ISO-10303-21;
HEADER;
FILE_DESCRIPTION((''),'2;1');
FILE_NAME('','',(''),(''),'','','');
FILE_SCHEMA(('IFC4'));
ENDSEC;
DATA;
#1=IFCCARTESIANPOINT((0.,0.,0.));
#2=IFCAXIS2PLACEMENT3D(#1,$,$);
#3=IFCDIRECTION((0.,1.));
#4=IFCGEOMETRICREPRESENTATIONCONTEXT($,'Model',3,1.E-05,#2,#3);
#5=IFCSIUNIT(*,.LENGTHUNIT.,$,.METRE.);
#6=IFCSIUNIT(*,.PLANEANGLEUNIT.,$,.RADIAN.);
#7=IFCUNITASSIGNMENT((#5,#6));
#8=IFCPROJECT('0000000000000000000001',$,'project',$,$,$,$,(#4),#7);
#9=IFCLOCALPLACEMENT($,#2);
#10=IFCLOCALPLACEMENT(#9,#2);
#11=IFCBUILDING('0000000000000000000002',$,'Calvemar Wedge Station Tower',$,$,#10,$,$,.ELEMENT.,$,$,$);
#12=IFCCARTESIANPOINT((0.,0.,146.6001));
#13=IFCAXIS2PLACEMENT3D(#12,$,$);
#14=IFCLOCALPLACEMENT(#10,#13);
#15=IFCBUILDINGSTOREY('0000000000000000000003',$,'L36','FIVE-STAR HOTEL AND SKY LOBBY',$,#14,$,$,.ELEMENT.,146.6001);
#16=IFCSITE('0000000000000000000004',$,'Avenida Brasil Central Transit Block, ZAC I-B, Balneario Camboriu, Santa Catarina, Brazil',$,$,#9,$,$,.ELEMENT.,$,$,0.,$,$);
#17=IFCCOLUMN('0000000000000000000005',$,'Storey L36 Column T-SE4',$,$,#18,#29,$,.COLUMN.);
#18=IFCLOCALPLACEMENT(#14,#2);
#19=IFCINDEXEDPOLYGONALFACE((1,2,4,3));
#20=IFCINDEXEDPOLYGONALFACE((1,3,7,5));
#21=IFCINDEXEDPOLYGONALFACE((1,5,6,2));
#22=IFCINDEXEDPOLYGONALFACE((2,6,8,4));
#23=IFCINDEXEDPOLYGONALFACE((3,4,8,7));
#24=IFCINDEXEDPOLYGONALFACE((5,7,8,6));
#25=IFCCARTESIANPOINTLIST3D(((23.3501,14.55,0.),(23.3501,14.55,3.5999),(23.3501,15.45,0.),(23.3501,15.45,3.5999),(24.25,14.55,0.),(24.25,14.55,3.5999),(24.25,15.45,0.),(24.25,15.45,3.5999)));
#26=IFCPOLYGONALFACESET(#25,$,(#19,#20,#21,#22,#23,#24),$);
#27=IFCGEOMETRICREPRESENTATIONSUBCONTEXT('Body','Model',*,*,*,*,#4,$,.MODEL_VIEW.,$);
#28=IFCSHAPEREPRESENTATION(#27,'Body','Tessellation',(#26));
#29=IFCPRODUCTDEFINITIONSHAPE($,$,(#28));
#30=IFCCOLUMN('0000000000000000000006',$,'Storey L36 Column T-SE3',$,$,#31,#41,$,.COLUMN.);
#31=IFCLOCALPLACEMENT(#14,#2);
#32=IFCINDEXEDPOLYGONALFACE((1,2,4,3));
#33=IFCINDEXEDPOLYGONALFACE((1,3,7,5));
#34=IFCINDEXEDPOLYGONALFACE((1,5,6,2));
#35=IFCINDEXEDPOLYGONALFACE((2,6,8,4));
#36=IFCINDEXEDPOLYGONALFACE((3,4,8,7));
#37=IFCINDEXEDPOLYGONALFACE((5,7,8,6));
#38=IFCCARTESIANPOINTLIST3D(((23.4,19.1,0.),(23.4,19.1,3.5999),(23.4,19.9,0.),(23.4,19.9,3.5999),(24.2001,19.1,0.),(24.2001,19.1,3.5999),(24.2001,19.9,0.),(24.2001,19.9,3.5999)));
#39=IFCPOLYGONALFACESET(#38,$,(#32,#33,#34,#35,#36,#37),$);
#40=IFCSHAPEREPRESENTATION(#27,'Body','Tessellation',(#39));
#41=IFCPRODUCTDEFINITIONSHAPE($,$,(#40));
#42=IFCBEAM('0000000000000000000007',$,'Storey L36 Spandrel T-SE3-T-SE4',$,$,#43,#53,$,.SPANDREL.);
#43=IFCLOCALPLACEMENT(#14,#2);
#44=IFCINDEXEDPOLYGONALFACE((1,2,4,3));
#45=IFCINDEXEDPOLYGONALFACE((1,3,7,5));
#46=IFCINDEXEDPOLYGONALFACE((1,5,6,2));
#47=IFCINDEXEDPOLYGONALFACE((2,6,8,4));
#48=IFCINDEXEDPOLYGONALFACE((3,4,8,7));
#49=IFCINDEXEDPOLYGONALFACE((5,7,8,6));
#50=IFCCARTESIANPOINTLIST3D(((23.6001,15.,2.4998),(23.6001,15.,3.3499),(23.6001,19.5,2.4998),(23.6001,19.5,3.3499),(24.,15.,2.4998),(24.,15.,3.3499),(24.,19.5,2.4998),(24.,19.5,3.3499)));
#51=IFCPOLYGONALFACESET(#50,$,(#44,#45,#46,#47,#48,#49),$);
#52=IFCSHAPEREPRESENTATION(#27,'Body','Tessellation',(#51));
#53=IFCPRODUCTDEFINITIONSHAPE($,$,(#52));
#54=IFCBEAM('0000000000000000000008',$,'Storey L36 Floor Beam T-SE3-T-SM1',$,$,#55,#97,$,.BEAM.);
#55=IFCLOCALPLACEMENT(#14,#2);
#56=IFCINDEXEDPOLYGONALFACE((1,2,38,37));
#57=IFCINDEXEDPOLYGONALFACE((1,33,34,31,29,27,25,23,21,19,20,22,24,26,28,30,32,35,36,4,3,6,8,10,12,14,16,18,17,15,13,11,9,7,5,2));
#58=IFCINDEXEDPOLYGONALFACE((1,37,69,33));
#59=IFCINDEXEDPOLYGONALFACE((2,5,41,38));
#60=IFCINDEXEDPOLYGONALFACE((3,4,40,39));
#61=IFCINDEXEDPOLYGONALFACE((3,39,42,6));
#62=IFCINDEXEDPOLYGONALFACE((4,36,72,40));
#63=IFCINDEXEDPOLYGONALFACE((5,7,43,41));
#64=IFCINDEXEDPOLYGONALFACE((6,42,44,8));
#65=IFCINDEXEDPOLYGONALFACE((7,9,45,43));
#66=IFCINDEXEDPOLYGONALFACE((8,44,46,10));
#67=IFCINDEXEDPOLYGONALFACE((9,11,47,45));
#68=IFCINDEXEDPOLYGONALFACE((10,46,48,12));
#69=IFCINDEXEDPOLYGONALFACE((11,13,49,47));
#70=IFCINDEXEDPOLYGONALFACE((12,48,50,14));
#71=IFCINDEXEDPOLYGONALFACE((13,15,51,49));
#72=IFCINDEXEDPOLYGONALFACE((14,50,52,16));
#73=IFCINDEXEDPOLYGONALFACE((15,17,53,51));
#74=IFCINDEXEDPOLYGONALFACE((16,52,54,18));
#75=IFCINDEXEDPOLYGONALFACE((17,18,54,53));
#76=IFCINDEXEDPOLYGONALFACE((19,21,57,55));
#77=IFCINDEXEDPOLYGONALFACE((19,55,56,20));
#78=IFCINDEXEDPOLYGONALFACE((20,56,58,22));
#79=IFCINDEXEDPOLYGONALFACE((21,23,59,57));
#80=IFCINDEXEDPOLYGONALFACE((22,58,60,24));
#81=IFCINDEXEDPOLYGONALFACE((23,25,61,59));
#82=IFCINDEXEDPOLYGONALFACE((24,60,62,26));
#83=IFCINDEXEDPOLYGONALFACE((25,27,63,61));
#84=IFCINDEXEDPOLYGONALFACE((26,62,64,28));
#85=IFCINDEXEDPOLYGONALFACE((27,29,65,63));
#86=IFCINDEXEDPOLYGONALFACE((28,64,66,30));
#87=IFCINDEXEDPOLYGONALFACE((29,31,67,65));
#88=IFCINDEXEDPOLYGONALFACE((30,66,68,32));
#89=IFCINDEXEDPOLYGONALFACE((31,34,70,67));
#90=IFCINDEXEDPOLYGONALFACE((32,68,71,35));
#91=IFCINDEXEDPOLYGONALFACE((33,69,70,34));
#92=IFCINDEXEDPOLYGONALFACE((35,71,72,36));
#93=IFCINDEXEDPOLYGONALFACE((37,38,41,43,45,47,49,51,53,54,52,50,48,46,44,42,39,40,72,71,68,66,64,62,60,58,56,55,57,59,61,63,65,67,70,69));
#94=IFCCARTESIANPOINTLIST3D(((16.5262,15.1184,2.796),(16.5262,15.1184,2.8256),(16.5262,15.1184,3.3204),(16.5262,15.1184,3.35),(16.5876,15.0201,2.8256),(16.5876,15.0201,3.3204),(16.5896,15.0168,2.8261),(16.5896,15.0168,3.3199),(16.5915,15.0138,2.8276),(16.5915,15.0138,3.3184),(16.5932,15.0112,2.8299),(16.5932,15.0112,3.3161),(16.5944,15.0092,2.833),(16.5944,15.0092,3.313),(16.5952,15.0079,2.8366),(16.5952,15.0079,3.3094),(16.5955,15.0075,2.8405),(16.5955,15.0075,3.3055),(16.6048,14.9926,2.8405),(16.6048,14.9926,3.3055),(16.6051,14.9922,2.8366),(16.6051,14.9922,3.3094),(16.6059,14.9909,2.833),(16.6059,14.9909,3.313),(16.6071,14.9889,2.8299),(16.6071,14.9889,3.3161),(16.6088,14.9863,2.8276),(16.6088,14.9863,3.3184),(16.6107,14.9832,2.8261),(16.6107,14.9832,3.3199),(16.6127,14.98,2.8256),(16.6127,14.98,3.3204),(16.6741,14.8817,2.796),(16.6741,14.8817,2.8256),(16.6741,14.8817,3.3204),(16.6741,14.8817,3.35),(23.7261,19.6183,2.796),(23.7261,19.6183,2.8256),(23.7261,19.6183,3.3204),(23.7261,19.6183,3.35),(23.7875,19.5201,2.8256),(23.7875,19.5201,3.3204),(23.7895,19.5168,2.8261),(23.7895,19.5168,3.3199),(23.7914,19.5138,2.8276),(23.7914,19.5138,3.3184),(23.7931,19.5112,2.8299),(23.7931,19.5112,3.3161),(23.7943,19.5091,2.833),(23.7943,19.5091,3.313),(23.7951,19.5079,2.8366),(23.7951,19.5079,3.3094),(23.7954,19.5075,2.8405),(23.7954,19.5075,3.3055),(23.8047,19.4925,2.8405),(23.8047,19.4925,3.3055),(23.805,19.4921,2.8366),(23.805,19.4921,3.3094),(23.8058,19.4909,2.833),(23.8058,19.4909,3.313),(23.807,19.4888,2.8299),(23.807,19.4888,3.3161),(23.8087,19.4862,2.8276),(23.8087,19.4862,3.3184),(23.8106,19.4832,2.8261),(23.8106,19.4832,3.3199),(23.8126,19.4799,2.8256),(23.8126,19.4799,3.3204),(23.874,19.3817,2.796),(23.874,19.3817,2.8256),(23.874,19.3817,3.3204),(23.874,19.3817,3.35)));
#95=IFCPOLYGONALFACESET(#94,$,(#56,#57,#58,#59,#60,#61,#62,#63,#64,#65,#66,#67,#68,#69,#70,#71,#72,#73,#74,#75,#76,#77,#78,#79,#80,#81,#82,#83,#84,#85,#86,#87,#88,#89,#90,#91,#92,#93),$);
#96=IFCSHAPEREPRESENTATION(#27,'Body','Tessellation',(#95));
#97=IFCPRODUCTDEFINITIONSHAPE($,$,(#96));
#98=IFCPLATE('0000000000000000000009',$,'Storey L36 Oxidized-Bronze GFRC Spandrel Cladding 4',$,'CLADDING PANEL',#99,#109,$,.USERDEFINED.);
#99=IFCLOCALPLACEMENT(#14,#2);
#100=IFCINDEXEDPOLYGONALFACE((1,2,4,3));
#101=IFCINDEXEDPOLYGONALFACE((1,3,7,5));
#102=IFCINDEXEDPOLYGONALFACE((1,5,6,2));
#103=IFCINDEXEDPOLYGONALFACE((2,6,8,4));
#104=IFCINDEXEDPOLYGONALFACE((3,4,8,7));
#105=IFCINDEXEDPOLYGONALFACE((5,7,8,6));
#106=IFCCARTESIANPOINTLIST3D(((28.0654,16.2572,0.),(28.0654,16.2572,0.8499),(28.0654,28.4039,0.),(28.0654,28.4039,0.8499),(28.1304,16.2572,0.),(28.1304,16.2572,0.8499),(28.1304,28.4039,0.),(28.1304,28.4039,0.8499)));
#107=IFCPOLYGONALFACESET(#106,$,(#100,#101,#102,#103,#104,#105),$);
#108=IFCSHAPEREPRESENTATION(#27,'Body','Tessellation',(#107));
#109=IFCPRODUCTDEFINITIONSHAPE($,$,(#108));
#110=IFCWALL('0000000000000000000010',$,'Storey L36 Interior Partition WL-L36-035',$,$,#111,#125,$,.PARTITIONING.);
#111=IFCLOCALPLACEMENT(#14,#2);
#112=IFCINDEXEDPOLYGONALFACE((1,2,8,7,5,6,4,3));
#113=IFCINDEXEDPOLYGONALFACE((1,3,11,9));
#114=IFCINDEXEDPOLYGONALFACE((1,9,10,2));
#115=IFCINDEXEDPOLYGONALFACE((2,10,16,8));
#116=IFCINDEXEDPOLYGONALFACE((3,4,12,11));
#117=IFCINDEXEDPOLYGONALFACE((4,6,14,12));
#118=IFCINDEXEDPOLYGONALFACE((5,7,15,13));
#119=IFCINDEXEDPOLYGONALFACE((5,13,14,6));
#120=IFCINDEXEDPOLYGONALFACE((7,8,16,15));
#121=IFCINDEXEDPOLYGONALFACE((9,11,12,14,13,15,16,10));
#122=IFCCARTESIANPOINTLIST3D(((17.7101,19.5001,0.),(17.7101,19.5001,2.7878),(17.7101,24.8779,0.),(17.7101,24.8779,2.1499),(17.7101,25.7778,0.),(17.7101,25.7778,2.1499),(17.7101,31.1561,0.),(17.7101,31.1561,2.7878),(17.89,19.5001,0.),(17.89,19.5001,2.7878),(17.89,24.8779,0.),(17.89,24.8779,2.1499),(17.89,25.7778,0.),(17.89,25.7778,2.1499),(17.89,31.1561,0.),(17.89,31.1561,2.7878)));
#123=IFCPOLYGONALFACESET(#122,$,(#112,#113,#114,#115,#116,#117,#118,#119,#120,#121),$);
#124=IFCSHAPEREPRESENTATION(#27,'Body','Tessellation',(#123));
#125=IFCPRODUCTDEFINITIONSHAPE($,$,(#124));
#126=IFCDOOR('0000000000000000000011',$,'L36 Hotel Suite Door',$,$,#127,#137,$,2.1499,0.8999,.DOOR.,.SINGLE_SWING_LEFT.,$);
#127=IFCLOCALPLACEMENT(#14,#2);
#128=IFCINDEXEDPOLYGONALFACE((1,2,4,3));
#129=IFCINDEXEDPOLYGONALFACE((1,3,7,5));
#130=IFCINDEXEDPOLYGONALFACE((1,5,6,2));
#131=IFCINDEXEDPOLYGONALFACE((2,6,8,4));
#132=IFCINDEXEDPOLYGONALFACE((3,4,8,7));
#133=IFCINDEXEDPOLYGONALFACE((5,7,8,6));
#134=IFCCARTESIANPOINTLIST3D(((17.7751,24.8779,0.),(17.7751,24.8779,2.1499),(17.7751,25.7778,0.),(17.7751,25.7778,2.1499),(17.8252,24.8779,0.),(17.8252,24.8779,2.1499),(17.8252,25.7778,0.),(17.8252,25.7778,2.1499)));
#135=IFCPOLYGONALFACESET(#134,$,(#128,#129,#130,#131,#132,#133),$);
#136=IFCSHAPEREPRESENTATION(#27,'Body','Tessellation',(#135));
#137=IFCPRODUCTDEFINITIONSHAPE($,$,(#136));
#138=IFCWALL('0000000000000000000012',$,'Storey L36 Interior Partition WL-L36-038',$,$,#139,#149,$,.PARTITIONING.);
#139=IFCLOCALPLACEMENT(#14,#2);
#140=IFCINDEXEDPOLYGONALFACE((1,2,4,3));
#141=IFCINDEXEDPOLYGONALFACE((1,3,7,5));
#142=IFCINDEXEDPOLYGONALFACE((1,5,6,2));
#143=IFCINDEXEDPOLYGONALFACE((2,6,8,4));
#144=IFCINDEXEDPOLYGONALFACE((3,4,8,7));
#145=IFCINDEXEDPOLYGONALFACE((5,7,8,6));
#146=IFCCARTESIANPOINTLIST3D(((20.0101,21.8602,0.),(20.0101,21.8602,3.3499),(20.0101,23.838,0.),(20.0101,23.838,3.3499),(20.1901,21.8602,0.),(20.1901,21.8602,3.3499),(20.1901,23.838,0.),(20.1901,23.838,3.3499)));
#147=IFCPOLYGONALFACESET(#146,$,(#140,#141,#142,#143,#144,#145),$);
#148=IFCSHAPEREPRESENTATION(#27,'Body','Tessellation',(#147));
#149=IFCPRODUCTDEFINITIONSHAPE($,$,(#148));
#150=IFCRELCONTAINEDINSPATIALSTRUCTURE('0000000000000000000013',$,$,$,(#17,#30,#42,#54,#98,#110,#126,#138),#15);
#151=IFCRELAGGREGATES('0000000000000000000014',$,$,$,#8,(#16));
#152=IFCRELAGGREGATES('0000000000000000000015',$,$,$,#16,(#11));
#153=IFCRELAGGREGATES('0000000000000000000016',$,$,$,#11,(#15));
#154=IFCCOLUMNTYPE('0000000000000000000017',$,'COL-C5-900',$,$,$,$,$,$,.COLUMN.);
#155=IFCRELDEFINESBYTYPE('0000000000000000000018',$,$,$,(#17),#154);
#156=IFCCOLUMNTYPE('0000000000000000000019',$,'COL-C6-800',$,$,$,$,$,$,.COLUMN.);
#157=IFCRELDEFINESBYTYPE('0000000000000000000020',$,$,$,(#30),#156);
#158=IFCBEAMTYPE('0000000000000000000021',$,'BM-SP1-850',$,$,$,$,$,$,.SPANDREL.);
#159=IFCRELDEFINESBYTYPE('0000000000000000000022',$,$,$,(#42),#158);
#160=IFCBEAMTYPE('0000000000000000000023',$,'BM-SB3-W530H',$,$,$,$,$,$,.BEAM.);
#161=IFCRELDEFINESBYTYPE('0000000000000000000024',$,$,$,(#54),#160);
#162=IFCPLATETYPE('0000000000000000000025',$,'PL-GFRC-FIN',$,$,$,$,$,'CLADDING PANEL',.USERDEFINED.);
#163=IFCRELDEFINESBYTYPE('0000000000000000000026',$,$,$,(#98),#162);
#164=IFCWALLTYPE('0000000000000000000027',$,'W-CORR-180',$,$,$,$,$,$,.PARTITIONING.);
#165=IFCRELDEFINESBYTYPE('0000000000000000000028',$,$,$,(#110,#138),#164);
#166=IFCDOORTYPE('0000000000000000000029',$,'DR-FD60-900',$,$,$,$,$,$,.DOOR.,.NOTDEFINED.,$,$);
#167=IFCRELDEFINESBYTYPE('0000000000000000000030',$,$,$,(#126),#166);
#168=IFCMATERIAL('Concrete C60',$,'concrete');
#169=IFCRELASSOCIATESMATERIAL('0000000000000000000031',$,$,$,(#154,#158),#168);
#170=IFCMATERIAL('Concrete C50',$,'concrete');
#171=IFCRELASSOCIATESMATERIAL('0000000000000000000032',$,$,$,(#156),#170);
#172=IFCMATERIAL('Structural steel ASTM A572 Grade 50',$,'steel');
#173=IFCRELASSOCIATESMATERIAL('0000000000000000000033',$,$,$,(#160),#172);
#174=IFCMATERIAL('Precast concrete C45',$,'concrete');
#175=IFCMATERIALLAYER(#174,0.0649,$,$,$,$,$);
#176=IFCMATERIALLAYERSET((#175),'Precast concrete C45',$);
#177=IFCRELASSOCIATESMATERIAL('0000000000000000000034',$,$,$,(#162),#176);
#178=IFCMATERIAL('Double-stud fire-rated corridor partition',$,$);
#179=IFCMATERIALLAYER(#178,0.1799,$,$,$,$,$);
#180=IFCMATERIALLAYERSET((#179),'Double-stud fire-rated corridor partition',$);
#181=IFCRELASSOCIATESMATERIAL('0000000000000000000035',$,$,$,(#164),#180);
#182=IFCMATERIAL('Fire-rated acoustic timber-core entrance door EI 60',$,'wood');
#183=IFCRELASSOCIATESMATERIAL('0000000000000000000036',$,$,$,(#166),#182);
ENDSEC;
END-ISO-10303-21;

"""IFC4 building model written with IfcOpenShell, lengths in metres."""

from ifc_helpers import new_model, si_unit, direction, frame, frame_2d, origin, origin_2d, place, context, subcontext, project, spatial, rectangle, i_section, extrude, source, transform, mapped, material, layer, layer_set, material_profile, profile_set, type_object, element, fill, save


model = new_model("IFC4")

# Units and contexts
model_context = context("Model", 3, precision=1e-05, world=origin(), true_north=direction((0.0, 1.0)))
body_context = subcontext(model_context, "Body", "Model", "MODEL_VIEW")
ifc_project = project(units=[si_unit("LENGTHUNIT", "METRE"), si_unit("PLANEANGLEUNIT", "RADIAN")], contexts=[model_context])

# Site, building, storey
site_placement = place(None, origin())
site = spatial("IfcSite", under=ifc_project, at=site_placement, Name="Avenida Brasil Central Transit Block, ZAC I-B, Balneario Camboriu, Santa Catarina, Brazil", CompositionType="ELEMENT", RefElevation=0.0)
building_placement = place(site_placement, origin())
building = spatial("IfcBuilding", under=site, at=building_placement, Name="Calvemar Wedge Station Tower", CompositionType="ELEMENT")
storey_placement = place(building_placement, frame((0.0, 0.0, 146.6001)))
storey = spatial("IfcBuildingStorey", under=building, at=storey_placement, Name="L36", Description="FIVE-STAR HOTEL AND SKY LOBBY", CompositionType="ELEMENT", Elevation=146.6001)

# Columns
ifc_material_1 = material(Name="Concrete C60", Category="concrete")
ifc_material_profile_1 = material_profile(ifc_material_1, rectangle(XDim=0.8999, YDim=0.8999, at=origin_2d()), Name="RC900x900")
ifc_profile_set_1 = profile_set([ifc_material_profile_1], Name="Concrete C60")
column_type_1 = type_object("IfcColumnType", Name="COL-C5-900", PredefinedType="COLUMN", material=ifc_profile_set_1)
shared_shape_1 = source(origin(), body_context, "Body", "SweptSolid", [
    extrude(rectangle(XDim=0.8999, YDim=0.8999, at=origin_2d()), origin(), (0.0, 0.0, 1.0), 3.5999),
])
column_1_placement = place(storey_placement, frame((23.8, 15.0, 0.0), z_axis=(0.0, 0.0, 1.0), x_axis=(1.0, 0.0, 0.0)))
element("IfcColumn", 1, at=column_1_placement, inside=storey, type_object=column_type_1, Name="Storey L36 Column T-SE4", PredefinedType="COLUMN", context=body_context, shape_type="MappedRepresentation", body=[
    mapped(shared_shape_1, transform((0.0, 0.0, 0.0), scale=1.0)),
])
ifc_material_2 = material(Name="Concrete C50", Category="concrete")
ifc_material_profile_2 = material_profile(ifc_material_2, rectangle(XDim=0.8, YDim=0.8, at=origin_2d()), Name="RC800x800")
ifc_profile_set_2 = profile_set([ifc_material_profile_2], Name="Concrete C50")
column_type_2 = type_object("IfcColumnType", Name="COL-C6-800", PredefinedType="COLUMN", material=ifc_profile_set_2)
shared_shape_2 = source(origin(), body_context, "Body", "SweptSolid", [
    extrude(rectangle(XDim=0.8, YDim=0.8, at=origin_2d()), origin(), (0.0, 0.0, 1.0), 3.5999),
])
column_2_placement = place(storey_placement, frame((23.8, 19.5, 0.0), z_axis=(0.0, 0.0, 1.0), x_axis=(1.0, 0.0, 0.0)))
element("IfcColumn", 2, at=column_2_placement, inside=storey, type_object=column_type_2, Name="Storey L36 Column T-SE3", PredefinedType="COLUMN", context=body_context, shape_type="MappedRepresentation", body=[
    mapped(shared_shape_2, transform((0.0, 0.0, 0.0), scale=1.0)),
])

# Beams
ifc_material_profile_3 = material_profile(ifc_material_1, rectangle(XDim=0.3999, YDim=0.8501, at=origin_2d()), Name="RC400x850")
ifc_profile_set_3 = profile_set([ifc_material_profile_3], Name="Concrete C60")
beam_type_1 = type_object("IfcBeamType", Name="BM-SP1-850", PredefinedType="SPANDREL", material=ifc_profile_set_3)
shared_shape_3 = source(origin(), body_context, "Body", "SweptSolid", [
    extrude(rectangle(XDim=0.3999, YDim=0.8501, at=origin_2d()), origin(), (0.0, 0.0, 1.0), 4.5),
])
beam_1_placement = place(storey_placement, frame((23.8, 19.5, 2.9248), z_axis=(0.0, -1.0, 0.0), x_axis=(1.0, 0.0, 0.0)))
element("IfcBeam", 3, at=beam_1_placement, inside=storey, type_object=beam_type_1, Name="Storey L36 Spandrel T-SE3-T-SE4", PredefinedType="SPANDREL", context=body_context, shape_type="MappedRepresentation", body=[
    mapped(shared_shape_3, transform((0.0, 0.0, 0.0), scale=1.0)),
])
ifc_material_3 = material(Name="Structural steel ASTM A572 Grade 50", Category="steel")
ifc_material_profile_4 = material_profile(ifc_material_3, i_section(OverallWidth=0.2791, OverallDepth=0.554, WebThickness=0.0176, FlangeThickness=0.0295, FilletRadius=0.0149, at=origin_2d()), Name="W530x196")
ifc_profile_set_4 = profile_set([ifc_material_profile_4], Name="Structural steel ASTM A572 Grade 50")
beam_type_2 = type_object("IfcBeamType", Name="BM-SB3-W530H", PredefinedType="BEAM", material=ifc_profile_set_4)
shared_shape_4 = source(origin(), body_context, "Body", "SweptSolid", [
    extrude(i_section(OverallWidth=0.2791, OverallDepth=0.554, WebThickness=0.0176, FlangeThickness=0.0295, FilletRadius=0.0149, at=origin_2d()), origin(), (0.0, 0.0, 1.0), 8.4905),
])
beam_2_placement = place(storey_placement, frame((23.8, 19.5, 3.073), z_axis=(-0.847997, -0.530002, 0.0), x_axis=(0.530002, -0.847997, 0.0)))
element("IfcBeam", 4, at=beam_2_placement, inside=storey, type_object=beam_type_2, Name="Storey L36 Floor Beam T-SE3-T-SM1", PredefinedType="BEAM", context=body_context, shape_type="MappedRepresentation", body=[
    mapped(shared_shape_4, transform((0.0, 0.0, 0.0), scale=1.0)),
])

# Plate
ifc_material_4 = material(Name="Precast concrete C45", Category="concrete")
ifc_layer_1 = layer(ifc_material_4, 0.0649)
ifc_layer_set_1 = layer_set([ifc_layer_1], Name="Precast concrete C45")
plate_type = type_object("IfcPlateType", Name="PL-GFRC-FIN", ElementType="CLADDING PANEL", PredefinedType="USERDEFINED", material=ifc_layer_set_1)
plate_placement = place(storey_placement, frame((28.0979, 16.2573, 0.0), z_axis=(0.0, 0.0, 1.0), x_axis=(0.0, 1.0, 0.0)))
element("IfcPlate", 5, at=plate_placement, inside=storey, type_object=plate_type, Name="Storey L36 Oxidized-Bronze GFRC Spandrel Cladding 4", ObjectType="CLADDING PANEL", PredefinedType="USERDEFINED", context=body_context, shape_type="SweptSolid", body=[
    extrude(rectangle(XDim=12.1467, YDim=0.0649, at=frame_2d((6.0732, 0.0))), origin(), (0.0, 0.0, 1.0), 0.8499),
])

# Wall, opening, door
ifc_material_5 = material(Name="Double-stud fire-rated corridor partition")
ifc_layer_2 = layer(ifc_material_5, 0.1799)
ifc_layer_set_2 = layer_set([ifc_layer_2], Name="Double-stud fire-rated corridor partition")
wall_type_1 = type_object("IfcWallType", Name="W-CORR-180", PredefinedType="PARTITIONING", material=ifc_layer_set_2)
wall_1_placement = place(storey_placement, frame((17.8, 19.5, 0.0), z_axis=(0.0, 0.0, 1.0), x_axis=(0.0, 1.0, 0.0)))
wall_1 = element("IfcWall", 6, at=wall_1_placement, inside=storey, type_object=wall_type_1, Name="Storey L36 Interior Partition WL-L36-035", PredefinedType="PARTITIONING", context=body_context, shape_type="SweptSolid", body=[
    extrude(rectangle(XDim=11.656, YDim=0.1799, at=frame_2d((5.8281, 0.0))), origin(), (0.0, 0.0, 1.0), 2.7878),
])
shared_shape_5 = source(origin(), body_context, "Body", "SweptSolid", [
    extrude(rectangle(XDim=0.8999, YDim=2.1499, at=frame_2d((0.45, 1.075))), frame((0.0, 0.1001, 0.0), z_axis=(0.0, -1.0, 0.0), x_axis=(1.0, 0.0, 0.0)), (0.0, 0.0, 1.0), 0.2),
])
opening_1_placement = place(wall_1_placement, frame((5.3779, 0.0, 0.0)))
opening_1 = element("IfcOpeningElement", 7, at=opening_1_placement, cuts=wall_1, PredefinedType="OPENING", context=body_context, shape_type="MappedRepresentation", body=[
    mapped(shared_shape_5, transform((0.0, 0.0, 0.0), scale=1.0)),
])
ifc_material_6 = material(Name="Fire-rated acoustic timber-core entrance door EI 60", Category="wood")
door_type_1 = type_object("IfcDoorType", Name="DR-FD60-900", OperationType="NOTDEFINED", PredefinedType="DOOR", material=ifc_material_6)
shared_shape_6 = source(origin(), body_context, "Body", "SweptSolid", [
    extrude(rectangle(XDim=0.8999, YDim=2.1499, at=frame_2d((0.45, 1.075))), frame((0.0, 0.0249, 0.0), z_axis=(0.0, -1.0, 0.0), x_axis=(1.0, 0.0, 0.0)), (0.0, 0.0, 1.0), 0.05),
])
door_1_placement = place(opening_1_placement, origin())
door_1 = element("IfcDoor", 8, at=door_1_placement, inside=storey, type_object=door_type_1, Name="L36 Hotel Suite Door", OperationType="SINGLE_SWING_LEFT", OverallHeight=2.1499, OverallWidth=0.8999, PredefinedType="DOOR", context=body_context, shape_type="MappedRepresentation", body=[
    mapped(shared_shape_6, transform((0.0, 0.0, 0.0), scale=1.0)),
])
fill(opening_1, door_1)

# Wall
wall_2_placement = place(storey_placement, frame((20.1001, 23.8379, 0.0), z_axis=(0.0, 0.0, 1.0), x_axis=(0.0, -1.0, 0.0)))
element("IfcWall", 9, at=wall_2_placement, inside=storey, type_object=wall_type_1, Name="Storey L36 Interior Partition WL-L36-038", PredefinedType="PARTITIONING", context=body_context, shape_type="SweptSolid", body=[
    extrude(rectangle(XDim=1.9778, YDim=0.1799, at=frame_2d((0.9888, 0.0))), origin(), (0.0, 0.0, 1.0), 3.3499),
])

save(model, "model.ifc")
